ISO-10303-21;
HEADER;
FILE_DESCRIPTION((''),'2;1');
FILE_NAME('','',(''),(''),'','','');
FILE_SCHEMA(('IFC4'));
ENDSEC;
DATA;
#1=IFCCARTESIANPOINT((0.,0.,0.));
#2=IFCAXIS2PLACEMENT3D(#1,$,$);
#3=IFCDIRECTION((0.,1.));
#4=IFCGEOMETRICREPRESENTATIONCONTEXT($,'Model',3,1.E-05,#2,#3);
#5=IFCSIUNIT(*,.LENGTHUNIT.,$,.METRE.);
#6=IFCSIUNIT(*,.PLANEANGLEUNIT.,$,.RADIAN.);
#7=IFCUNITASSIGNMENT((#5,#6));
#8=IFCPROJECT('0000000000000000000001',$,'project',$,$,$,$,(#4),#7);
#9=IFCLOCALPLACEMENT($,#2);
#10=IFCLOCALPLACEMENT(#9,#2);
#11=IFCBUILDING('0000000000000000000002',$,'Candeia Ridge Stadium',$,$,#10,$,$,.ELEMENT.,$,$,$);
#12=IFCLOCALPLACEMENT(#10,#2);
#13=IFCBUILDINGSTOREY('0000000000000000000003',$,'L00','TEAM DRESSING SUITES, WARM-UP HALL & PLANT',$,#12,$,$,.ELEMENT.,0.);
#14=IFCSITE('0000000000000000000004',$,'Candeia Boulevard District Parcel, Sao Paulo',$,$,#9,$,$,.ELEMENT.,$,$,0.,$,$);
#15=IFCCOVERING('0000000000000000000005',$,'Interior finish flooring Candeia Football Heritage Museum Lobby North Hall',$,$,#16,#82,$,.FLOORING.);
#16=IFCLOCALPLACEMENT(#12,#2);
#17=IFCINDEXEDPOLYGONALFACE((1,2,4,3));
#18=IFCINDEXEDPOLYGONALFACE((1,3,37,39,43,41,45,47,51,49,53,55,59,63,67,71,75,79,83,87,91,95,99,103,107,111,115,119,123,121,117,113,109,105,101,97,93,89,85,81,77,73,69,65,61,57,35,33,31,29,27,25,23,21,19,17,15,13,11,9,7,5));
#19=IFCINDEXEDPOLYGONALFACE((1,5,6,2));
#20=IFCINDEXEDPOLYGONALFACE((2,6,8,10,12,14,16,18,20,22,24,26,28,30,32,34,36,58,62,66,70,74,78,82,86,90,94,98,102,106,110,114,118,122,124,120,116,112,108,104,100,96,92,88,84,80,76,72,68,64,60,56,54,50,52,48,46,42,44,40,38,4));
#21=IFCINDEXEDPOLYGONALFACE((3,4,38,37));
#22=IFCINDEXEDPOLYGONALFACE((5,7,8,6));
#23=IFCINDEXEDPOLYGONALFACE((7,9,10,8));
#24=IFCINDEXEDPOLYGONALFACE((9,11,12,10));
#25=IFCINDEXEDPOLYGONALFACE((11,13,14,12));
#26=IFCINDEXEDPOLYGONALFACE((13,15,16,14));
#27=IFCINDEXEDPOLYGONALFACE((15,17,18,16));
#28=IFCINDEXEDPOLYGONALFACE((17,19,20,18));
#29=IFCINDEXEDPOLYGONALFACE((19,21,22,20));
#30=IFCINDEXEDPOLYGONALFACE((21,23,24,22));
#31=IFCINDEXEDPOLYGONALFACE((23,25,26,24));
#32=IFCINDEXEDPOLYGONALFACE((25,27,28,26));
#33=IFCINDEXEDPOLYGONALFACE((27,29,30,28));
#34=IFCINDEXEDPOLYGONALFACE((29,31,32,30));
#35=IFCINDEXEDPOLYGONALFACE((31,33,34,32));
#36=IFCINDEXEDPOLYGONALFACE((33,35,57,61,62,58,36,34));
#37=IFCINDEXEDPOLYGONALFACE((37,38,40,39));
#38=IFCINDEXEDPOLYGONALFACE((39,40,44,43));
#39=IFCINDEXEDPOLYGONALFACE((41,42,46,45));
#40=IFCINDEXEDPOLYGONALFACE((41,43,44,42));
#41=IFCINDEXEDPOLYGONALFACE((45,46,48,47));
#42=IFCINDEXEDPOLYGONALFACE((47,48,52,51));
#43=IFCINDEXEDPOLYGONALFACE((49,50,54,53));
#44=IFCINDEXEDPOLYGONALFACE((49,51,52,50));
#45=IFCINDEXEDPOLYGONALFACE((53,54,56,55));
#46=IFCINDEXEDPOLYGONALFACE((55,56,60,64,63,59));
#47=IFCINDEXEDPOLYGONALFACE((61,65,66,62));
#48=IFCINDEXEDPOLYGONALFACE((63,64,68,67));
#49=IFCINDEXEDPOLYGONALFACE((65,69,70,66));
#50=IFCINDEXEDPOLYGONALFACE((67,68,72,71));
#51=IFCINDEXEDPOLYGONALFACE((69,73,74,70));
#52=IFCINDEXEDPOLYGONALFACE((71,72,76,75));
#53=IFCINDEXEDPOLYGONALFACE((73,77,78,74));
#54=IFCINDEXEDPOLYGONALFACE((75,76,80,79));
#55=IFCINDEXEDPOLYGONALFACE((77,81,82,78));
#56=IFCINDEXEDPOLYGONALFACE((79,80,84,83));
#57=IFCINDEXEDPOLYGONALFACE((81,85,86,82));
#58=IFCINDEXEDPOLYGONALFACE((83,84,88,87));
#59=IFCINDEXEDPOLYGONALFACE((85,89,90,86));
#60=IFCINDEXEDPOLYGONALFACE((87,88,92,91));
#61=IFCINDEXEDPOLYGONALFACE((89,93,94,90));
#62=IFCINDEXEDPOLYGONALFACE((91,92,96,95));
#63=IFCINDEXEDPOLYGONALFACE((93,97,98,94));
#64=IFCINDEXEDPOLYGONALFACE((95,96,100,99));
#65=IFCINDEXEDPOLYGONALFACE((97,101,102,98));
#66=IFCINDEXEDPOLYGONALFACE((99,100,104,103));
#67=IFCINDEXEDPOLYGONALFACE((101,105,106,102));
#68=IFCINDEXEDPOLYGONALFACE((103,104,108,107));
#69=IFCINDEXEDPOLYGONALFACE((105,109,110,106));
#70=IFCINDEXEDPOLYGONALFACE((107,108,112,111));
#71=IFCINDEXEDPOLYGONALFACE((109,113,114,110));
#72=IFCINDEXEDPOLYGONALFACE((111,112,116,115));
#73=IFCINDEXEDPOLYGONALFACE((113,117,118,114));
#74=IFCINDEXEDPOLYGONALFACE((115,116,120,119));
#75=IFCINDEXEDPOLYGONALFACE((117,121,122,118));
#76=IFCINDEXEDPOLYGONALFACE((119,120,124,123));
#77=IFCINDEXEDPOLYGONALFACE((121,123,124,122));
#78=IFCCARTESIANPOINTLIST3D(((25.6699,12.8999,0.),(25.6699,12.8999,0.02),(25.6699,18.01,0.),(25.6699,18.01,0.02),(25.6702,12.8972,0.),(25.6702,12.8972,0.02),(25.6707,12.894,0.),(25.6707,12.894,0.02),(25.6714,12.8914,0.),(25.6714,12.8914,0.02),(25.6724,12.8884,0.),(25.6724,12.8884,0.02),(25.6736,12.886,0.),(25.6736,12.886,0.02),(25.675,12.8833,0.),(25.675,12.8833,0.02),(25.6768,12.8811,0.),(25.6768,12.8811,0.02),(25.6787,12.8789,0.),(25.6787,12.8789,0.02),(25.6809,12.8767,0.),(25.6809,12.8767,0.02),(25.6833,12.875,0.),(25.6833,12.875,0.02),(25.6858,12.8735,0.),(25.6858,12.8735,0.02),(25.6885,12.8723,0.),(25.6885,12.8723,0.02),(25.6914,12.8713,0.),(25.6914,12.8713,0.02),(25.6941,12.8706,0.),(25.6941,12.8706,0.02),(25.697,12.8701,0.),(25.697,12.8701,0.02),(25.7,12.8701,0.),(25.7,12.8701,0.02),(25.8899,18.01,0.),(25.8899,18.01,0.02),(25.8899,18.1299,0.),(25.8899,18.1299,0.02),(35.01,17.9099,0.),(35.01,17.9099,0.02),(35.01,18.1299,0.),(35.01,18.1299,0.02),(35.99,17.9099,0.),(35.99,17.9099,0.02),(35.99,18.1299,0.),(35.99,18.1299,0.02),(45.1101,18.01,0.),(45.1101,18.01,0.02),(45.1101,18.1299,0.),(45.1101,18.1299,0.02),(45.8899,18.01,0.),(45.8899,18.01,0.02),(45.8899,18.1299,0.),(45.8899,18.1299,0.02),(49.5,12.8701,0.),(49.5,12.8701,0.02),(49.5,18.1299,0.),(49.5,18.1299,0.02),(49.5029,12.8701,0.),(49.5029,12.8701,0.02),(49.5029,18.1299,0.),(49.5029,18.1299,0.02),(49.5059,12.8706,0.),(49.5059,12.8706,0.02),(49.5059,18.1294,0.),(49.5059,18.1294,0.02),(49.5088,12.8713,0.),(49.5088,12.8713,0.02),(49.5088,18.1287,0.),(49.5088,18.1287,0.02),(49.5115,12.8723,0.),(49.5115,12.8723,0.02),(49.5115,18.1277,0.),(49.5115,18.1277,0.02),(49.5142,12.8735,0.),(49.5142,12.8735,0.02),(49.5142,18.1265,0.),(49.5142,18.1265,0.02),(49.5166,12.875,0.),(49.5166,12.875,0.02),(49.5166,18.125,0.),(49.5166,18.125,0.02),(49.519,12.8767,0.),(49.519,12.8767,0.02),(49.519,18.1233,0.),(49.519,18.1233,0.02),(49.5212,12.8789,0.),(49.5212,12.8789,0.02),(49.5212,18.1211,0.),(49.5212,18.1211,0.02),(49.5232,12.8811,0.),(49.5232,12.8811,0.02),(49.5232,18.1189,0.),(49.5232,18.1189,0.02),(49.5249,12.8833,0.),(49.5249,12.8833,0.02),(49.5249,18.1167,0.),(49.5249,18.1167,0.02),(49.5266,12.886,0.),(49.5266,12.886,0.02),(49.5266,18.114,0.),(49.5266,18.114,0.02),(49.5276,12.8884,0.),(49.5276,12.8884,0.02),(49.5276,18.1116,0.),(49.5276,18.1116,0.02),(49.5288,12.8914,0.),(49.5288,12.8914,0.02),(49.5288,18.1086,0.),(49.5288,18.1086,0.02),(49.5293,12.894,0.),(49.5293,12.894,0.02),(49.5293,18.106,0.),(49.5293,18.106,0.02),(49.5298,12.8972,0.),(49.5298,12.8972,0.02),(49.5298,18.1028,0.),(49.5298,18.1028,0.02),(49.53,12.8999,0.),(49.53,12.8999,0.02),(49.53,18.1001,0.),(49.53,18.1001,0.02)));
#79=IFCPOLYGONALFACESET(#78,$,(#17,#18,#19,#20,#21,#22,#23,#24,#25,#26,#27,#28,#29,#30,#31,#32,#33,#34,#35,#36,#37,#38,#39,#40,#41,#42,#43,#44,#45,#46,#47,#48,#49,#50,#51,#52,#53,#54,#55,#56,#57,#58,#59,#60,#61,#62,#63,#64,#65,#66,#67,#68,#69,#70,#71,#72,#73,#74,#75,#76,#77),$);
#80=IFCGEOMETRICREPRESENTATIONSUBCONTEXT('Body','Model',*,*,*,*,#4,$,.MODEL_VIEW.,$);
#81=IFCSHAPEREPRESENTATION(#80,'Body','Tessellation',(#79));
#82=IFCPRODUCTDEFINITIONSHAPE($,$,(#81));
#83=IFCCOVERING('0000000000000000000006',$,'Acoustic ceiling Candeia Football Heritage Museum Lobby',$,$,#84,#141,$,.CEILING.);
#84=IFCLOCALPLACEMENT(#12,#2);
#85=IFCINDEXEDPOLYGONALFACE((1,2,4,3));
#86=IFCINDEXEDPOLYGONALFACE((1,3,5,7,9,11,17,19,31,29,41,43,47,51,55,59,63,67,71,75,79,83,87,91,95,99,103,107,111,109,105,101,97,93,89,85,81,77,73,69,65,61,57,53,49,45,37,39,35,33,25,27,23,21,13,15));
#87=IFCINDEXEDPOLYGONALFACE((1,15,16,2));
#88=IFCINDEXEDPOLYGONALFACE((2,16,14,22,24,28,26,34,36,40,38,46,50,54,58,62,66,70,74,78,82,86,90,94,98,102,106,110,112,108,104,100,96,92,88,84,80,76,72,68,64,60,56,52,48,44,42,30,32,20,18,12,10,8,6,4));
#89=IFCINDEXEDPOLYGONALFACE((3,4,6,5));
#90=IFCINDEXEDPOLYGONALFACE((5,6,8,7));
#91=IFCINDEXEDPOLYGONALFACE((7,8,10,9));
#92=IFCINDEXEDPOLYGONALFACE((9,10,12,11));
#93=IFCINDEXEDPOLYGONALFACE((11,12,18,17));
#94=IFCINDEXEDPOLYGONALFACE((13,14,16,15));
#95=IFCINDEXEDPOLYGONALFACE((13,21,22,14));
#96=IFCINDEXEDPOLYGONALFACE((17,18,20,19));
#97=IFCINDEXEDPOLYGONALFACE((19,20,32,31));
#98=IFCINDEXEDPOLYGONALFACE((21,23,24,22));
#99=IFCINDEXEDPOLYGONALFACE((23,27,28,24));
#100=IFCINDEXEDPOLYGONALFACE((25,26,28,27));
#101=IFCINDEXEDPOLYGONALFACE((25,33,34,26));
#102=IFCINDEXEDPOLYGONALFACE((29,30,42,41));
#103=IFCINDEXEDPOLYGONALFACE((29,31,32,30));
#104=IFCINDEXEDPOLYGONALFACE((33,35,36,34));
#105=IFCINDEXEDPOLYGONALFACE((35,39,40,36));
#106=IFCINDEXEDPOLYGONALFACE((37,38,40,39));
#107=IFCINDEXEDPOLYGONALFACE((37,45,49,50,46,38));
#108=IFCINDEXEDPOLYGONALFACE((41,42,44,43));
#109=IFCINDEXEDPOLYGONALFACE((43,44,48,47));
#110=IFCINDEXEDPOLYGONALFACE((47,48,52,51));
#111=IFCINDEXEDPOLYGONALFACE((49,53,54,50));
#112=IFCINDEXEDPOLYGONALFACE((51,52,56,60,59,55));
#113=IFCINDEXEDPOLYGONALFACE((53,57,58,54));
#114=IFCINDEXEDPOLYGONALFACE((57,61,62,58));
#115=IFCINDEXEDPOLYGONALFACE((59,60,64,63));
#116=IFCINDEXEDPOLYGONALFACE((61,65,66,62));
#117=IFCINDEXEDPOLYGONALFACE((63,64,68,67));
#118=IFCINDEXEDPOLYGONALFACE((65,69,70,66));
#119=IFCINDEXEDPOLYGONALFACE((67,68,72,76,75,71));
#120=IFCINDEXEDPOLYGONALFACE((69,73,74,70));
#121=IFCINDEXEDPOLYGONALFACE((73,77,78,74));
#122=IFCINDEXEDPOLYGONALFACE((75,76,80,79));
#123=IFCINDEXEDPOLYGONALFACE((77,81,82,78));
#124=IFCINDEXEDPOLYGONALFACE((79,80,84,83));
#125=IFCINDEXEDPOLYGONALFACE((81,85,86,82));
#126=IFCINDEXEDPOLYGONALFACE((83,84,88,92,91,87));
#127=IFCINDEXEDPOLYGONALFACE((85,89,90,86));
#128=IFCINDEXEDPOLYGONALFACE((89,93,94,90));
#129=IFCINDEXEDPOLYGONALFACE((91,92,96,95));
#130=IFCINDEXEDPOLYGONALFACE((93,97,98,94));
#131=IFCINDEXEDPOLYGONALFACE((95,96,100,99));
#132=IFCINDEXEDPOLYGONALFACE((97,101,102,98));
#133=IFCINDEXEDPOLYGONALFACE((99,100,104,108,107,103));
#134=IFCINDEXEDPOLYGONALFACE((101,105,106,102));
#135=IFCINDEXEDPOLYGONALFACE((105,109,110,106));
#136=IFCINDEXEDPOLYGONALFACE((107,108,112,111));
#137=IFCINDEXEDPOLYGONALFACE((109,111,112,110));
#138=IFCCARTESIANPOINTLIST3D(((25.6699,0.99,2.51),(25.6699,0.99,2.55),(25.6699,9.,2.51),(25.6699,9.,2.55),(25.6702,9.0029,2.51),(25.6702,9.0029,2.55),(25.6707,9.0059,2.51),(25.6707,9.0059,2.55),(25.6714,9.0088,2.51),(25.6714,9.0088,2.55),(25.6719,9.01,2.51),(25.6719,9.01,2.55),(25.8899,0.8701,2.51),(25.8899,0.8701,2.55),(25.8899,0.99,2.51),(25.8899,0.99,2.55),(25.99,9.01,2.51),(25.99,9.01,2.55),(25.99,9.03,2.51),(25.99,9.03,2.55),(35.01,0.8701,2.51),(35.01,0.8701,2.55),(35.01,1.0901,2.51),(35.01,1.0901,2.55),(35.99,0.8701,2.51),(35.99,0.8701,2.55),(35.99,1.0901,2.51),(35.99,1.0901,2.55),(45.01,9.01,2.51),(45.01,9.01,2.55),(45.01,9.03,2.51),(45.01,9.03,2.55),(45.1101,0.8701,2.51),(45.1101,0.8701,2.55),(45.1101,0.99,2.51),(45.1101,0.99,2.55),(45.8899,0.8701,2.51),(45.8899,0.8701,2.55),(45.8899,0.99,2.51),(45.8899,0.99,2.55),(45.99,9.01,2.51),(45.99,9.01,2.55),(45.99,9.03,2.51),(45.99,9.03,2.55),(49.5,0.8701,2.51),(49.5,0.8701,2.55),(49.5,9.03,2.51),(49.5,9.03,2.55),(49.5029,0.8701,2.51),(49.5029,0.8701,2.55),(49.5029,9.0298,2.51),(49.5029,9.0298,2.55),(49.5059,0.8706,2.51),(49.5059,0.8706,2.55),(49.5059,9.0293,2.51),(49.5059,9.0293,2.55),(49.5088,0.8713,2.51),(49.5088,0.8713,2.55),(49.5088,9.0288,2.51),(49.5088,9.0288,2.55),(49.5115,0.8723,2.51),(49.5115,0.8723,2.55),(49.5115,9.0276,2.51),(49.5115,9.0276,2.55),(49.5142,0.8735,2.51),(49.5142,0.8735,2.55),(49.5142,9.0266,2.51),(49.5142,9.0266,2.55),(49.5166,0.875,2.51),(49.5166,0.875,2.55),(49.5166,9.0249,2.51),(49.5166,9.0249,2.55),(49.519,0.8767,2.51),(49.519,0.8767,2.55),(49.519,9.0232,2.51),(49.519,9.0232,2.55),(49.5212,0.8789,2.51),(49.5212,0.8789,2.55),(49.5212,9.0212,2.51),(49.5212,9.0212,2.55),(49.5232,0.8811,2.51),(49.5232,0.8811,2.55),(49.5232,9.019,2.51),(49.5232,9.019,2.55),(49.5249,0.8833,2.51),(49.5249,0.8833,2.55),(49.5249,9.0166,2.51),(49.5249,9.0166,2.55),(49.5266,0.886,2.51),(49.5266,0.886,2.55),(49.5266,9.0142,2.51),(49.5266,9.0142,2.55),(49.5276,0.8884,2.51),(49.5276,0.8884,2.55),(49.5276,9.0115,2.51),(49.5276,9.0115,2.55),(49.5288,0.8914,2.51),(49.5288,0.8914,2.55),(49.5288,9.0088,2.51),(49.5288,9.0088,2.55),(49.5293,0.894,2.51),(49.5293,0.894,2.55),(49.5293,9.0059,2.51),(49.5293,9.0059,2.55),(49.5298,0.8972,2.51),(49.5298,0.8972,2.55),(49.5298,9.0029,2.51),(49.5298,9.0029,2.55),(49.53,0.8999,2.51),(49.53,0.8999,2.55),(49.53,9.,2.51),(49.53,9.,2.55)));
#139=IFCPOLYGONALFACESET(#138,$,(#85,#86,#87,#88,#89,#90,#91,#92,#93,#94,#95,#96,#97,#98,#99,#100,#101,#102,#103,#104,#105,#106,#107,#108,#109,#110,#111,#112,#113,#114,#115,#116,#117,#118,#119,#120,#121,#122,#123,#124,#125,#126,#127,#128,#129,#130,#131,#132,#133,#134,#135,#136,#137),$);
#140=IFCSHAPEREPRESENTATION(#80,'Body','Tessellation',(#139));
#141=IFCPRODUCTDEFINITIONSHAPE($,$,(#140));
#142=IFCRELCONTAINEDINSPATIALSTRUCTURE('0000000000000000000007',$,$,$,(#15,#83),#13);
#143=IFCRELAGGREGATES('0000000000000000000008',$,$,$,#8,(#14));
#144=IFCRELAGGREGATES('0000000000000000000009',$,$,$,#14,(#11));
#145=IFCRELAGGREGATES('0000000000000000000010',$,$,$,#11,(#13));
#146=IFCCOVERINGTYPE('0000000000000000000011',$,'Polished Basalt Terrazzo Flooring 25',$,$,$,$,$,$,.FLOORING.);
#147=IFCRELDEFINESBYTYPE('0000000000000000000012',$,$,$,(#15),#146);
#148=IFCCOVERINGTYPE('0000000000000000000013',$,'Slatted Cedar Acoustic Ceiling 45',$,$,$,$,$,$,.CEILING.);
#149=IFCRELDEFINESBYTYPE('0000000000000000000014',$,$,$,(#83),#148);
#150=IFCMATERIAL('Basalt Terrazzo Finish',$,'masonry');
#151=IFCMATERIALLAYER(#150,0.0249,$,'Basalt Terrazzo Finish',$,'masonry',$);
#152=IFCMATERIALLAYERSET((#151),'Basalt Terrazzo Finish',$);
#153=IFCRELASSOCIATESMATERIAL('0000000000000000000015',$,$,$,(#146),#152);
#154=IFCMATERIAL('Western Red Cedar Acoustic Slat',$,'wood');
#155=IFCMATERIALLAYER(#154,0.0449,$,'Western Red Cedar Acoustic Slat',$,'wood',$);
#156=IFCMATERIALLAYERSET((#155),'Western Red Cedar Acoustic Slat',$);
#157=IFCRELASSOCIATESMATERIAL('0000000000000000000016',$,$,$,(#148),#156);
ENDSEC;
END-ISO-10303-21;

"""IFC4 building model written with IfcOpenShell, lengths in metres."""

from ifc_helpers import new_model, si_unit, direction, frame, origin, place, context, subcontext, project, spatial, polyline, outline, extrude, material, layer, layer_set, type_object, element, save


model = new_model("IFC4")

# Units and contexts
model_context = context("Model", 3, precision=1e-05, world=origin(), true_north=direction((0.0, 1.0)))
body_context = subcontext(model_context, "Body", "Model", "MODEL_VIEW")
ifc_project = project(units=[si_unit("LENGTHUNIT", "METRE"), si_unit("PLANEANGLEUNIT", "RADIAN")], contexts=[model_context])

# Site, building, storey
site_placement = place(None, origin())
site = spatial("IfcSite", under=ifc_project, at=site_placement, Name="Candeia Boulevard District Parcel, Sao Paulo", CompositionType="ELEMENT", RefElevation=0.0)
building_placement = place(site_placement, origin())
building = spatial("IfcBuilding", under=site, at=building_placement, Name="Candeia Ridge Stadium", CompositionType="ELEMENT")
storey_placement = place(building_placement, origin())
storey = spatial("IfcBuildingStorey", under=building, at=storey_placement, Name="L00", Description="TEAM DRESSING SUITES, WARM-UP HALL & PLANT", CompositionType="ELEMENT", Elevation=0.0)

# Coverings
ifc_material_1 = material(Name="Basalt Terrazzo Finish", Category="masonry")
ifc_layer_1 = layer(ifc_material_1, 0.0249, Name="Basalt Terrazzo Finish", Category="masonry")
ifc_layer_set_1 = layer_set([ifc_layer_1], Name="Basalt Terrazzo Finish")
covering_type_1 = type_object("IfcCoveringType", Name="Polished Basalt Terrazzo Flooring 25", PredefinedType="FLOORING", material=ifc_layer_set_1)
covering_1_placement = place(storey_placement, origin())
element("IfcCovering", 1, at=covering_1_placement, inside=storey, type_object=covering_type_1, Name="Interior finish flooring Candeia Football Heritage Museum Lobby North Hall", PredefinedType="FLOORING", context=body_context, shape_type="SweptSolid", body=[
    extrude(outline(polyline([(25.6941, 12.8706), (25.6914, 12.8713), (25.6885, 12.8723), (25.6858, 12.8735), (25.6833, 12.875), (25.6809, 12.8767), (25.6787, 12.8789), (25.6768, 12.8811), (25.675, 12.8833), (25.6736, 12.886), (25.6724, 12.8884), (25.6714, 12.8914), (25.6707, 12.894), (25.6702, 12.8972), (25.6699, 12.8999), (25.6699, 18.01), (25.8899, 18.01), (25.8899, 18.1299), (35.01, 18.1299), (35.01, 17.9099), (35.99, 17.9099), (35.99, 18.1299), (45.1101, 18.1299), (45.1101, 18.01), (45.8899, 18.01), (45.8899, 18.1299), (49.5, 18.1299), (49.5029, 18.1299), (49.5059, 18.1294), (49.5088, 18.1287), (49.5115, 18.1277), (49.5142, 18.1265), (49.5166, 18.125), (49.519, 18.1233), (49.5212, 18.1211), (49.5232, 18.1189), (49.5249, 18.1167), (49.5266, 18.114), (49.5276, 18.1116), (49.5288, 18.1086), (49.5293, 18.106), (49.5298, 18.1028), (49.53, 18.1001), (49.53, 12.8999), (49.5298, 12.8972), (49.5293, 12.894), (49.5288, 12.8914), (49.5276, 12.8884), (49.5266, 12.886), (49.5249, 12.8833), (49.5232, 12.8811), (49.5212, 12.8789), (49.519, 12.8767), (49.5166, 12.875), (49.5142, 12.8735), (49.5115, 12.8723), (49.5088, 12.8713), (49.5059, 12.8706), (49.5029, 12.8701), (49.5, 12.8701), (25.7, 12.8701), (25.697, 12.8701), (25.6941, 12.8706)])), origin(), (0.0, 0.0, 1.0), 0.02),
])
ifc_material_2 = material(Name="Western Red Cedar Acoustic Slat", Category="wood")
ifc_layer_2 = layer(ifc_material_2, 0.0449, Name="Western Red Cedar Acoustic Slat", Category="wood")
ifc_layer_set_2 = layer_set([ifc_layer_2], Name="Western Red Cedar Acoustic Slat")
covering_type_2 = type_object("IfcCoveringType", Name="Slatted Cedar Acoustic Ceiling 45", PredefinedType="CEILING", material=ifc_layer_set_2)
covering_2_placement = place(storey_placement, frame((0.0, 0.0, 2.51)))
element("IfcCovering", 2, at=covering_2_placement, inside=storey, type_object=covering_type_2, Name="Acoustic ceiling Candeia Football Heritage Museum Lobby", PredefinedType="CEILING", context=body_context, shape_type="SweptSolid", body=[
    extrude(outline(polyline([(25.6702, 9.0029), (25.6707, 9.0059), (25.6714, 9.0088), (25.6719, 9.01), (25.99, 9.01), (25.99, 9.03), (45.01, 9.03), (45.01, 9.01), (45.99, 9.01), (45.99, 9.03), (49.5, 9.03), (49.5029, 9.0298), (49.5059, 9.0293), (49.5088, 9.0288), (49.5115, 9.0276), (49.5142, 9.0266), (49.5166, 9.0249), (49.519, 9.0232), (49.5212, 9.0212), (49.5232, 9.019), (49.5249, 9.0166), (49.5266, 9.0142), (49.5276, 9.0115), (49.5288, 9.0088), (49.5293, 9.0059), (49.5298, 9.0029), (49.53, 9.0), (49.53, 0.8999), (49.5298, 0.8972), (49.5293, 0.894), (49.5288, 0.8914), (49.5276, 0.8884), (49.5266, 0.886), (49.5249, 0.8833), (49.5232, 0.8811), (49.5212, 0.8789), (49.519, 0.8767), (49.5166, 0.875), (49.5142, 0.8735), (49.5115, 0.8723), (49.5088, 0.8713), (49.5059, 0.8706), (49.5029, 0.8701), (49.5, 0.8701), (45.8899, 0.8701), (45.8899, 0.99), (45.1101, 0.99), (45.1101, 0.8701), (35.99, 0.8701), (35.99, 1.0901), (35.01, 1.0901), (35.01, 0.8701), (25.8899, 0.8701), (25.8899, 0.99), (25.6699, 0.99), (25.6699, 9.0), (25.6702, 9.0029)])), origin(), (0.0, 0.0, 1.0), 0.04),
])

save(model, "model.ifc")
